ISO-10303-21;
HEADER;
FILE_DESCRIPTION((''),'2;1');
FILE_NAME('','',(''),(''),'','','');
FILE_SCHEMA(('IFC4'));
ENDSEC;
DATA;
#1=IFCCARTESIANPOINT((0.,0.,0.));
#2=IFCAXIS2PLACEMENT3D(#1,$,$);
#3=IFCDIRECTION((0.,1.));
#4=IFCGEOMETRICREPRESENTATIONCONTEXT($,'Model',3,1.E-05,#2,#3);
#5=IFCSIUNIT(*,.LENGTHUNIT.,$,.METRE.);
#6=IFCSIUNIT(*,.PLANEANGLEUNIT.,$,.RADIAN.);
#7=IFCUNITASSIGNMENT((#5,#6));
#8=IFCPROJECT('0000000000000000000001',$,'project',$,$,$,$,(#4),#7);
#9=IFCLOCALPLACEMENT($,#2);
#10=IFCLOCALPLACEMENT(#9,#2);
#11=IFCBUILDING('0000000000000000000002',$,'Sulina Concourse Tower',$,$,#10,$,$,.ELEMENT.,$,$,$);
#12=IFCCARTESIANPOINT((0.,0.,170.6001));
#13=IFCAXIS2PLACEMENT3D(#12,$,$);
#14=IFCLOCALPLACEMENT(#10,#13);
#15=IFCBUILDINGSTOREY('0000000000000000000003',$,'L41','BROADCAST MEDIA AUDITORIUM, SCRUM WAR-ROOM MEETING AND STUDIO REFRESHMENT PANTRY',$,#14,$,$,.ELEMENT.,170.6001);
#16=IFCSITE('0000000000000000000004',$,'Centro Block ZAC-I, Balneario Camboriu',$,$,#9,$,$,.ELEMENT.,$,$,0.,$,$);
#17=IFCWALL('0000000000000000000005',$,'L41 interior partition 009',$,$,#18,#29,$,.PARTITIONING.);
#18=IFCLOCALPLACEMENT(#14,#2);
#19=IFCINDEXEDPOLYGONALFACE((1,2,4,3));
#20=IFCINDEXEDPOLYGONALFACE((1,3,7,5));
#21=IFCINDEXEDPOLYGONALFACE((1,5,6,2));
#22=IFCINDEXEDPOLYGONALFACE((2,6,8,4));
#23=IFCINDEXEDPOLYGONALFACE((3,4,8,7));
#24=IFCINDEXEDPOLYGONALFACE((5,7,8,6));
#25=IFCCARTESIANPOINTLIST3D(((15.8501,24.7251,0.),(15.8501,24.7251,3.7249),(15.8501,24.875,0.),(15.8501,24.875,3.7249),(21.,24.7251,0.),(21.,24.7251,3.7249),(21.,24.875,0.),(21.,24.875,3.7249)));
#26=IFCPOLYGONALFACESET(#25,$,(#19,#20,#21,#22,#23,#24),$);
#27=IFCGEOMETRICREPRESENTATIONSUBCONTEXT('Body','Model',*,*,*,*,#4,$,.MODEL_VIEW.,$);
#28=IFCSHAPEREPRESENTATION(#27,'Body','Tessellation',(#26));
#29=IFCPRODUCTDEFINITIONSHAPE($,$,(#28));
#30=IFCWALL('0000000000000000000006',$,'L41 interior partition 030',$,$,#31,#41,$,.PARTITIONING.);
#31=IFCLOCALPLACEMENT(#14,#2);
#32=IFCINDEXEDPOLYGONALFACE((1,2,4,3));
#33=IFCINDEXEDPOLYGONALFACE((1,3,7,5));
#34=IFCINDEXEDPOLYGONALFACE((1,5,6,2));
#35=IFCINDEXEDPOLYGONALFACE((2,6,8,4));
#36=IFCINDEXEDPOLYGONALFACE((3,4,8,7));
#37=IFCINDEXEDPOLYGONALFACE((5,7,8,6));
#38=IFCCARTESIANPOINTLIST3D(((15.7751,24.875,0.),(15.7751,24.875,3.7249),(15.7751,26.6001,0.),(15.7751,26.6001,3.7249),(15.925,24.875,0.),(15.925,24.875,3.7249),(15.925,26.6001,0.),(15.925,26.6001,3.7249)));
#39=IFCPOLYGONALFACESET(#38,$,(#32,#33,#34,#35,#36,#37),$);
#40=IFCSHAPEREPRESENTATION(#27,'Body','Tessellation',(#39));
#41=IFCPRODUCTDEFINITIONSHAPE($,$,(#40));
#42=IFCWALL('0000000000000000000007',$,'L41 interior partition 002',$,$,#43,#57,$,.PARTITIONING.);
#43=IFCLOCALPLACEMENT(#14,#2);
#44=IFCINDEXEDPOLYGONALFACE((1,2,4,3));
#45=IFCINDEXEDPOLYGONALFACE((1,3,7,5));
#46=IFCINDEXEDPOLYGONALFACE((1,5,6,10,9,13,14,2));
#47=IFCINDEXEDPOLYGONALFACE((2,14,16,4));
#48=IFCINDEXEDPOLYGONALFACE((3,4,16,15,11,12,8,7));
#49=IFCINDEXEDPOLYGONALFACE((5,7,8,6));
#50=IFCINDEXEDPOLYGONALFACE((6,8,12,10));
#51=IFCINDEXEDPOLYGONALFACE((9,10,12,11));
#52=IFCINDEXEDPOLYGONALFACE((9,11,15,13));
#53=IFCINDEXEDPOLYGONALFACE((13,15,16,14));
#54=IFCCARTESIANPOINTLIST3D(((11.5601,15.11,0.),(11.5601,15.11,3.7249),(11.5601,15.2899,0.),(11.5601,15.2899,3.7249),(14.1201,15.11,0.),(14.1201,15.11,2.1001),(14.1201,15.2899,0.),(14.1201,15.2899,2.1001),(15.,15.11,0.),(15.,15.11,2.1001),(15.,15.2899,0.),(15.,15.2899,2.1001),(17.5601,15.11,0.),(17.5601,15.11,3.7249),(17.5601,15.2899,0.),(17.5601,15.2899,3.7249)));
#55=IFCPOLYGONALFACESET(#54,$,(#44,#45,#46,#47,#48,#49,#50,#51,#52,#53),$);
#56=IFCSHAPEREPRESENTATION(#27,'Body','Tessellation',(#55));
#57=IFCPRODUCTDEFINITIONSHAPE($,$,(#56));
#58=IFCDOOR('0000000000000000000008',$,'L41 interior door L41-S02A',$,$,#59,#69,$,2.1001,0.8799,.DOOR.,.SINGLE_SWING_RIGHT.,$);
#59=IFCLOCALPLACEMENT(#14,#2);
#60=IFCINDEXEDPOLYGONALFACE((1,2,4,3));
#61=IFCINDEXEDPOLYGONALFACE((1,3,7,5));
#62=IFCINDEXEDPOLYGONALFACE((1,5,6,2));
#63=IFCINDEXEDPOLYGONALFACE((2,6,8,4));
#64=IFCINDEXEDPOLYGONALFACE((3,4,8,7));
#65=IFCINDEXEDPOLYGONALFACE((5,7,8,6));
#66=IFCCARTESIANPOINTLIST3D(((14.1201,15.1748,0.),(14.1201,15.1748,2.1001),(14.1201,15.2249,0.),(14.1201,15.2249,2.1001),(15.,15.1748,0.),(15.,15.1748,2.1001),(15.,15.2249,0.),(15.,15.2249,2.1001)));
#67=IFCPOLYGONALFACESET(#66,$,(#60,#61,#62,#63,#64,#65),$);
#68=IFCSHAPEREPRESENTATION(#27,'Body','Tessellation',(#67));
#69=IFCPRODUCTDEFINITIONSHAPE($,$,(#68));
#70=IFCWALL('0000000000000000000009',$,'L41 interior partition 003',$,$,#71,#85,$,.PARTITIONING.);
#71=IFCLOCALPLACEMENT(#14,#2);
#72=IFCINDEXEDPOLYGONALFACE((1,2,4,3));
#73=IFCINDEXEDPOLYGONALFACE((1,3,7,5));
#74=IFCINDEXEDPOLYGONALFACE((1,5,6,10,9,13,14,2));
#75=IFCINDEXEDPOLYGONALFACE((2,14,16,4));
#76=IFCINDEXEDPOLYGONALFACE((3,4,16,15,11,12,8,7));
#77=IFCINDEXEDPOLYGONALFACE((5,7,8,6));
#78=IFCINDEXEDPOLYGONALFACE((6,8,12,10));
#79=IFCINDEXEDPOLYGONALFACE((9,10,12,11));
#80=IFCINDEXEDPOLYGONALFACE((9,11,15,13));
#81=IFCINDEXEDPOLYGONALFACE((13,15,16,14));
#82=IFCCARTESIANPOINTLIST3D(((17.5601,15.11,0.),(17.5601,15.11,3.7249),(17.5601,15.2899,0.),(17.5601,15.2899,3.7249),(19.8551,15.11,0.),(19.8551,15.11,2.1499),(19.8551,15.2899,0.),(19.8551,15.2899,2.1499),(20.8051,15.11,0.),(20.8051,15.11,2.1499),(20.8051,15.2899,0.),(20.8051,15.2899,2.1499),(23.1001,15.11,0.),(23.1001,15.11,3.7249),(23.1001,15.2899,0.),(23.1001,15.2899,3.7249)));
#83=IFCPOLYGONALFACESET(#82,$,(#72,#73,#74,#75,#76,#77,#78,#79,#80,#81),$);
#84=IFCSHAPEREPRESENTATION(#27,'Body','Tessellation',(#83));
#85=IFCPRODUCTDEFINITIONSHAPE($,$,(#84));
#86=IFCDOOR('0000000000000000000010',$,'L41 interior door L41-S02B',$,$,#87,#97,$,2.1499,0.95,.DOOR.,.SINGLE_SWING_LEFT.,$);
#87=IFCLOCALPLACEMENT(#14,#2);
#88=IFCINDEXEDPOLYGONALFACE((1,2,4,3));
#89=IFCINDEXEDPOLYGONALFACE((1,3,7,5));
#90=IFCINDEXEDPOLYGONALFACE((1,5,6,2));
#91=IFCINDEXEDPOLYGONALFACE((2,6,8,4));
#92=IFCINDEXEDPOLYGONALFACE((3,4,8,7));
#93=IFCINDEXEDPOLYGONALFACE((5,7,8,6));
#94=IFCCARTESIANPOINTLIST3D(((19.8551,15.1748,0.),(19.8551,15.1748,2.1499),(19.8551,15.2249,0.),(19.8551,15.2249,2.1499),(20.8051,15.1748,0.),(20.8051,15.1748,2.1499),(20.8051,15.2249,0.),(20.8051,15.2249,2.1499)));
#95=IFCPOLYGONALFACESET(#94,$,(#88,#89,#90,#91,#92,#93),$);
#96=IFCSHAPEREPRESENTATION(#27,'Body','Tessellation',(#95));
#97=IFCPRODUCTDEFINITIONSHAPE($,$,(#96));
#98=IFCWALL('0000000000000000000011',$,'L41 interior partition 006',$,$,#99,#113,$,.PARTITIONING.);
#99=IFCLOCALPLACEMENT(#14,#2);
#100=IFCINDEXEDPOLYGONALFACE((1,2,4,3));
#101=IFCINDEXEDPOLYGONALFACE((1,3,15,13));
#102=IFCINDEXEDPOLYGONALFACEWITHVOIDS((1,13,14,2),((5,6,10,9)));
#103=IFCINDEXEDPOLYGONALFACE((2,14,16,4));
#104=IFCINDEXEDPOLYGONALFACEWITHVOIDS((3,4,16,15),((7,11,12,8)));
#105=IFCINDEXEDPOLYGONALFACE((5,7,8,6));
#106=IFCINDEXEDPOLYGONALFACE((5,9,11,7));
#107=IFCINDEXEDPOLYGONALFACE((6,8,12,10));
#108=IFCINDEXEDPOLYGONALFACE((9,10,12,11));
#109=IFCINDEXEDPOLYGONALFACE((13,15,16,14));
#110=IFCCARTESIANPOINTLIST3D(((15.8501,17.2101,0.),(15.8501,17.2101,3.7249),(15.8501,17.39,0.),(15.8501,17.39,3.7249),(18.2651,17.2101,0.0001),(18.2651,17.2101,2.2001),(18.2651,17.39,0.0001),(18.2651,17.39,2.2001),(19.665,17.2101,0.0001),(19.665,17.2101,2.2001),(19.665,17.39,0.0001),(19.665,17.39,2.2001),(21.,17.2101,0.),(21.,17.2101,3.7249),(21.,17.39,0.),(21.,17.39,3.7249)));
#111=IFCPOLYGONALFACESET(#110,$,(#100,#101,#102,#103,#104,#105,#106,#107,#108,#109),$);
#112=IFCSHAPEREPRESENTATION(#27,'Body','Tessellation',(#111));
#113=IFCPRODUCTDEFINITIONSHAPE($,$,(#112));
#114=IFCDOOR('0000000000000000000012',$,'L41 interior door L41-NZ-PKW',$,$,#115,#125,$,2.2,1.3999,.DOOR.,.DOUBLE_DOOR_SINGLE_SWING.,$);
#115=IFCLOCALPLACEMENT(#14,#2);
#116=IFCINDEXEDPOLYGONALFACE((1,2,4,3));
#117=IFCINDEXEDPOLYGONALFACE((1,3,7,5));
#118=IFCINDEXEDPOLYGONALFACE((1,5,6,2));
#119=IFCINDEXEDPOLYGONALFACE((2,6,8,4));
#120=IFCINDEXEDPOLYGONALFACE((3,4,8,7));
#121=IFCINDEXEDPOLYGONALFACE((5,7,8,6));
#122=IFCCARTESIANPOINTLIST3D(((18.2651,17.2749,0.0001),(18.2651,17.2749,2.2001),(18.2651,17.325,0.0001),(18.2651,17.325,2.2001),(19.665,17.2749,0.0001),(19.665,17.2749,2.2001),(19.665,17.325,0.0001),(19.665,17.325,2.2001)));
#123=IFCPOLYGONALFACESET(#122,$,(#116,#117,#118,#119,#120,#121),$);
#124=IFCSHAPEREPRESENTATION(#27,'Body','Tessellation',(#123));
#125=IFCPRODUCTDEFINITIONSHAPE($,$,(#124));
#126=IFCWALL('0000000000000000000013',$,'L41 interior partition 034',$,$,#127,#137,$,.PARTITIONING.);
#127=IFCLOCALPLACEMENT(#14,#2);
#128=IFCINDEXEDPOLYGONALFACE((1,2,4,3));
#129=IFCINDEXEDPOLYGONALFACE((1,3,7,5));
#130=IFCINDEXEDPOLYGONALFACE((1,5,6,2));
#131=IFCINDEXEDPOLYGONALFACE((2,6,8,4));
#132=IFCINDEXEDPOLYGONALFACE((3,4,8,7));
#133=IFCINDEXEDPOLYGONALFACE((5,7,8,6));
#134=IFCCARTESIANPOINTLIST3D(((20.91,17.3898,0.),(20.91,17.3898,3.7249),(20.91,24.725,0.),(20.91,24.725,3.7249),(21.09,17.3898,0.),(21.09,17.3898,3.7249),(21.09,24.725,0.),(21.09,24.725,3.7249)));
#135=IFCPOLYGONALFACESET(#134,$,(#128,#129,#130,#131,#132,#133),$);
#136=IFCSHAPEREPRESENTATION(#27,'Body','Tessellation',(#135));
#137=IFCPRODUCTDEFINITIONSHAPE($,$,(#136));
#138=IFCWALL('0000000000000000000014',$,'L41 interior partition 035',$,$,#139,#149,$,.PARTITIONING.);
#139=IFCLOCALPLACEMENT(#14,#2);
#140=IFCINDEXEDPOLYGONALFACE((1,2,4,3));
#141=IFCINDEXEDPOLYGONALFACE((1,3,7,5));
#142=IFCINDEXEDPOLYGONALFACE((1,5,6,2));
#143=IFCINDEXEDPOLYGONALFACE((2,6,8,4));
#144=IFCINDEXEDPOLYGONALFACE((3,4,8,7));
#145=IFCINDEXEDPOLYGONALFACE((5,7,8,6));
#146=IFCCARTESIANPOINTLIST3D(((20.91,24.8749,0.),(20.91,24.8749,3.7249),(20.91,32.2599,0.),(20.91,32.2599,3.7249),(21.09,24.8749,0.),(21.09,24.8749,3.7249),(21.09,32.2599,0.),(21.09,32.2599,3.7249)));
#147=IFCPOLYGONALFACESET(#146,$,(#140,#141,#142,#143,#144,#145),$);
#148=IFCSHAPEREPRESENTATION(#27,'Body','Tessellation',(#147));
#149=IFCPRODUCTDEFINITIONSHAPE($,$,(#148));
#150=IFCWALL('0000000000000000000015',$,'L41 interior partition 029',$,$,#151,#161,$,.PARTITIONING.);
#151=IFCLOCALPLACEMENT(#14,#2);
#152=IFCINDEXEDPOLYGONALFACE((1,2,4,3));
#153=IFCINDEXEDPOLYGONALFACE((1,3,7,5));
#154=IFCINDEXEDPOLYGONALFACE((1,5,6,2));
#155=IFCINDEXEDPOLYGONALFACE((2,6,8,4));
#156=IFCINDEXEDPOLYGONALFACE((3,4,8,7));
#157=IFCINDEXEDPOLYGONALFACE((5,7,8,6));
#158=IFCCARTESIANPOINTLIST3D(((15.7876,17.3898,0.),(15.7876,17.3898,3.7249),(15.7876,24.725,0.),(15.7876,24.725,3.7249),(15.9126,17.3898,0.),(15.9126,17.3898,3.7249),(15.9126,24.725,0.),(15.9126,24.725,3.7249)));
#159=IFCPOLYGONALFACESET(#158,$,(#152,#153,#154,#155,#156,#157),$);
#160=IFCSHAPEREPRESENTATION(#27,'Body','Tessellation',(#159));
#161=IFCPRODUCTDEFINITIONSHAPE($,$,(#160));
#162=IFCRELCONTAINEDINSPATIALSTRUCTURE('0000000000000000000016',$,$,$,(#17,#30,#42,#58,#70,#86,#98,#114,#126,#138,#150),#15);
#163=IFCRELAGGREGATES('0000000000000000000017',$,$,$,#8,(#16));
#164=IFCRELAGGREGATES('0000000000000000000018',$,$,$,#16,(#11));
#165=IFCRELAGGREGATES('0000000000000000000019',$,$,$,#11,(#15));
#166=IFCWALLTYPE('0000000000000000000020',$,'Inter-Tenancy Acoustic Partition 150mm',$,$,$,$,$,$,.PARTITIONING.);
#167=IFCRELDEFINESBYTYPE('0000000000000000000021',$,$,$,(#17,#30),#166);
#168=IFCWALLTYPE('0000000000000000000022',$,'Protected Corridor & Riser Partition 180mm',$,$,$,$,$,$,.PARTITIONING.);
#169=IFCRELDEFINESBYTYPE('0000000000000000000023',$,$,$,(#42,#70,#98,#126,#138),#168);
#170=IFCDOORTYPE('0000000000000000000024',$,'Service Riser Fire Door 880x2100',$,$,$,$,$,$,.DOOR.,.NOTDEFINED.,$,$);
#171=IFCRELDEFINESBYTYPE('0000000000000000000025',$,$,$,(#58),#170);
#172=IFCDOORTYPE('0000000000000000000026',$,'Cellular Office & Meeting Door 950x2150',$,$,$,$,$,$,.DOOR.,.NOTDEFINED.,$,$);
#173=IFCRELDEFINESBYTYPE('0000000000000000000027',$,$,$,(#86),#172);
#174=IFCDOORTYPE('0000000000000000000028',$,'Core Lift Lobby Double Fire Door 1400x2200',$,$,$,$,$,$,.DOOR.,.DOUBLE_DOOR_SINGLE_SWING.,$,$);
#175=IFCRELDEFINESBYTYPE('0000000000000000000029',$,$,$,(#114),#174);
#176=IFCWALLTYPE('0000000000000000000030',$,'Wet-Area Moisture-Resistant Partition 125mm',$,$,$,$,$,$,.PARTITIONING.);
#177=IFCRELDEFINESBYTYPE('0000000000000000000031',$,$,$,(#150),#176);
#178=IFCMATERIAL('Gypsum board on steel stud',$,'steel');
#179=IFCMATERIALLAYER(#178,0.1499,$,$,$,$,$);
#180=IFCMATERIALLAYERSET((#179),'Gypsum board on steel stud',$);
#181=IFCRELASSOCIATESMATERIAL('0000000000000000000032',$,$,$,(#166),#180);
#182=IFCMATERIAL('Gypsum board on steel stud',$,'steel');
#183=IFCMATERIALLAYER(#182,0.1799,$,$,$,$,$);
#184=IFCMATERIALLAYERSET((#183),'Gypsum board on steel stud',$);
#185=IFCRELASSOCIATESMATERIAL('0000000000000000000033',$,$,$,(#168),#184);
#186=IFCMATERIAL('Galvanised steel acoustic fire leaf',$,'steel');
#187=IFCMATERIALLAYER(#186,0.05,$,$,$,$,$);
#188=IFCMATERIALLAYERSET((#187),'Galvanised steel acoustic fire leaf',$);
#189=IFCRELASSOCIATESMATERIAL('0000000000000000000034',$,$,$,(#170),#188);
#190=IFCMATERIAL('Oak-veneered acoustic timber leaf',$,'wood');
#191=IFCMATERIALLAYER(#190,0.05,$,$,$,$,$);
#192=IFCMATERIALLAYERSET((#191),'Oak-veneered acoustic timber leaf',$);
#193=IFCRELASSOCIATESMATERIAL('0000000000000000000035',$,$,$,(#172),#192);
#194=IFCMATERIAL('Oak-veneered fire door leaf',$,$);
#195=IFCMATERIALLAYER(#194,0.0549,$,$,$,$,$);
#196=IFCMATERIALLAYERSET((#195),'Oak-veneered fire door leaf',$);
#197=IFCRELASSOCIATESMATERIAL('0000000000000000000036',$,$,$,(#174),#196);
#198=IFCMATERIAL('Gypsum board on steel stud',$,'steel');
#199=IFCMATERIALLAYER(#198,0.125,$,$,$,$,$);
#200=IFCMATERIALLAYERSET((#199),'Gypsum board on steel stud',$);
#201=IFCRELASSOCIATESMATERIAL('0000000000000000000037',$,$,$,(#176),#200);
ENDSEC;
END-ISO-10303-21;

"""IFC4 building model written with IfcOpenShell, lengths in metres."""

from ifc_helpers import new_model, si_unit, direction, frame, frame_2d, origin, place, context, subcontext, project, spatial, rectangle, extrude, material, layer, layer_set, type_object, element, fill, save


model = new_model("IFC4")

# Units and contexts
model_context = context("Model", 3, precision=1e-05, world=origin(), true_north=direction((0.0, 1.0)))
body_context = subcontext(model_context, "Body", "Model", "MODEL_VIEW")
ifc_project = project(units=[si_unit("LENGTHUNIT", "METRE"), si_unit("PLANEANGLEUNIT", "RADIAN")], contexts=[model_context])

# Site, building, storey
site_placement = place(None, origin())
site = spatial("IfcSite", under=ifc_project, at=site_placement, Name="Centro Block ZAC-I, Balneario Camboriu", CompositionType="ELEMENT", RefElevation=0.0)
building_placement = place(site_placement, origin())
building = spatial("IfcBuilding", under=site, at=building_placement, Name="Sulina Concourse Tower", CompositionType="ELEMENT")
storey_placement = place(building_placement, frame((0.0, 0.0, 170.6001)))
storey = spatial("IfcBuildingStorey", under=building, at=storey_placement, Name="L41", Description="BROADCAST MEDIA AUDITORIUM, SCRUM WAR-ROOM MEETING AND STUDIO REFRESHMENT PANTRY", CompositionType="ELEMENT", Elevation=170.6001)

# Walls
ifc_material_1 = material(Name="Gypsum board on steel stud", Category="steel")
ifc_layer_1 = layer(ifc_material_1, 0.1499)
ifc_layer_set_1 = layer_set([ifc_layer_1], Name="Gypsum board on steel stud")
wall_type_1 = type_object("IfcWallType", Name="Inter-Tenancy Acoustic Partition 150mm", PredefinedType="PARTITIONING", material=ifc_layer_set_1)
wall_1_placement = place(storey_placement, frame((15.8501, 24.8, 0.0), z_axis=(0.0, 0.0, 1.0), x_axis=(1.0, 0.0, 0.0)))
element("IfcWall", 1, at=wall_1_placement, inside=storey, type_object=wall_type_1, Name="L41 interior partition 009", PredefinedType="PARTITIONING", context=body_context, shape_type="SweptSolid", body=[
    extrude(rectangle(XDim=5.1499, YDim=0.1499, at=frame_2d((2.575, 0.0))), origin(), (0.0, 0.0, 1.0), 3.7249),
])
wall_2_placement = place(storey_placement, frame((15.8501, 24.875, 0.0), z_axis=(0.0, 0.0, 1.0), x_axis=(0.0, 1.0, 0.0)))
element("IfcWall", 2, at=wall_2_placement, inside=storey, type_object=wall_type_1, Name="L41 interior partition 030", PredefinedType="PARTITIONING", context=body_context, shape_type="SweptSolid", body=[
    extrude(rectangle(XDim=1.7251, YDim=0.1499, at=frame_2d((0.8625, 0.0))), origin(), (0.0, 0.0, 1.0), 3.7249),
])

# Walls, openings, doors
ifc_material_2 = material(Name="Gypsum board on steel stud", Category="steel")
ifc_layer_2 = layer(ifc_material_2, 0.1799)
ifc_layer_set_2 = layer_set([ifc_layer_2], Name="Gypsum board on steel stud")
wall_type_2 = type_object("IfcWallType", Name="Protected Corridor & Riser Partition 180mm", PredefinedType="PARTITIONING", material=ifc_layer_set_2)
wall_3_placement = place(storey_placement, frame((11.5601, 15.2, 0.0), z_axis=(0.0, 0.0, 1.0), x_axis=(1.0, 0.0, 0.0)))
wall_3 = element("IfcWall", 3, at=wall_3_placement, inside=storey, type_object=wall_type_2, Name="L41 interior partition 002", PredefinedType="PARTITIONING", context=body_context, shape_type="SweptSolid", body=[
    extrude(rectangle(XDim=6.0, YDim=0.1799, at=frame_2d((3.0, 0.0))), origin(), (0.0, 0.0, 1.0), 3.7249),
])
opening_1_placement = place(wall_3_placement, frame((2.5601, 0.0, 0.0)))
opening_1 = element("IfcOpeningElement", 4, at=opening_1_placement, cuts=wall_3, PredefinedType="OPENING", context=body_context, shape_type="SweptSolid", body=[
    extrude(rectangle(XDim=0.8799, YDim=2.1001, at=frame_2d((0.4399, 1.05))), frame((0.0, 0.0999, 0.0), z_axis=(0.0, -1.0, 0.0), x_axis=(1.0, 0.0, 0.0)), (0.0, 0.0, 1.0), 0.2),
])
ifc_material_3 = material(Name="Galvanised steel acoustic fire leaf", Category="steel")
ifc_layer_3 = layer(ifc_material_3, 0.05)
ifc_layer_set_3 = layer_set([ifc_layer_3], Name="Galvanised steel acoustic fire leaf")
door_type_1 = type_object("IfcDoorType", Name="Service Riser Fire Door 880x2100", OperationType="NOTDEFINED", PredefinedType="DOOR", material=ifc_layer_set_3)
door_1_placement = place(opening_1_placement, origin())
door_1 = element("IfcDoor", 5, at=door_1_placement, inside=storey, type_object=door_type_1, Name="L41 interior door L41-S02A", OperationType="SINGLE_SWING_RIGHT", OverallHeight=2.1001, OverallWidth=0.8799, PredefinedType="DOOR", context=body_context, shape_type="SweptSolid", body=[
    extrude(rectangle(XDim=0.8799, YDim=2.1001, at=frame_2d((0.4399, 1.05))), frame((0.0, 0.0249, 0.0), z_axis=(0.0, -1.0, 0.0), x_axis=(1.0, 0.0, 0.0)), (0.0, 0.0, 1.0), 0.05),
])
fill(opening_1, door_1)
wall_4_placement = place(storey_placement, frame((17.5601, 15.2, 0.0), z_axis=(0.0, 0.0, 1.0), x_axis=(1.0, 0.0, 0.0)))
wall_4 = element("IfcWall", 6, at=wall_4_placement, inside=storey, type_object=wall_type_2, Name="L41 interior partition 003", PredefinedType="PARTITIONING", context=body_context, shape_type="SweptSolid", body=[
    extrude(rectangle(XDim=5.54, YDim=0.1799, at=frame_2d((2.77, 0.0))), origin(), (0.0, 0.0, 1.0), 3.7249),
])
opening_2_placement = place(wall_4_placement, frame((2.2949, 0.0, 0.0)))
opening_2 = element("IfcOpeningElement", 7, at=opening_2_placement, cuts=wall_4, PredefinedType="OPENING", context=body_context, shape_type="SweptSolid", body=[
    extrude(rectangle(XDim=0.95, YDim=2.1499, at=frame_2d((0.4751, 1.075))), frame((0.0, 0.0999, 0.0), z_axis=(0.0, -1.0, 0.0), x_axis=(1.0, 0.0, 0.0)), (0.0, 0.0, 1.0), 0.2),
])
ifc_material_4 = material(Name="Oak-veneered acoustic timber leaf", Category="wood")
ifc_layer_4 = layer(ifc_material_4, 0.05)
ifc_layer_set_4 = layer_set([ifc_layer_4], Name="Oak-veneered acoustic timber leaf")
door_type_2 = type_object("IfcDoorType", Name="Cellular Office & Meeting Door 950x2150", OperationType="NOTDEFINED", PredefinedType="DOOR", material=ifc_layer_set_4)
door_2_placement = place(opening_2_placement, origin())
door_2 = element("IfcDoor", 8, at=door_2_placement, inside=storey, type_object=door_type_2, Name="L41 interior door L41-S02B", OperationType="SINGLE_SWING_LEFT", OverallHeight=2.1499, OverallWidth=0.95, PredefinedType="DOOR", context=body_context, shape_type="SweptSolid", body=[
    extrude(rectangle(XDim=0.95, YDim=2.1499, at=frame_2d((0.4751, 1.075))), frame((0.0, 0.0249, 0.0), z_axis=(0.0, -1.0, 0.0), x_axis=(1.0, 0.0, 0.0)), (0.0, 0.0, 1.0), 0.05),
])
fill(opening_2, door_2)
wall_5_placement = place(storey_placement, frame((15.8501, 17.3, 0.0), z_axis=(0.0, 0.0, 1.0), x_axis=(1.0, 0.0, 0.0)))
wall_5 = element("IfcWall", 9, at=wall_5_placement, inside=storey, type_object=wall_type_2, Name="L41 interior partition 006", PredefinedType="PARTITIONING", context=body_context, shape_type="SweptSolid", body=[
    extrude(rectangle(XDim=5.1499, YDim=0.1799, at=frame_2d((2.575, 0.0))), origin(), (0.0, 0.0, 1.0), 3.7249),
])
opening_3_placement = place(wall_5_placement, frame((2.415, 0.0, 0.0)))
opening_3 = element("IfcOpeningElement", 10, at=opening_3_placement, cuts=wall_5, PredefinedType="OPENING", context=body_context, shape_type="SweptSolid", body=[
    extrude(rectangle(XDim=1.3999, YDim=2.2, at=frame_2d((0.7, 1.1001))), frame((0.0, 0.0999, 0.0), z_axis=(0.0, -1.0, 0.0), x_axis=(1.0, 0.0, 0.0)), (0.0, 0.0, 1.0), 0.2),
])
ifc_material_5 = material(Name="Oak-veneered fire door leaf")
ifc_layer_5 = layer(ifc_material_5, 0.0549)
ifc_layer_set_5 = layer_set([ifc_layer_5], Name="Oak-veneered fire door leaf")
door_type_3 = type_object("IfcDoorType", Name="Core Lift Lobby Double Fire Door 1400x2200", OperationType="DOUBLE_DOOR_SINGLE_SWING", PredefinedType="DOOR", material=ifc_layer_set_5)
door_3_placement = place(opening_3_placement, origin())
door_3 = element("IfcDoor", 11, at=door_3_placement, inside=storey, type_object=door_type_3, Name="L41 interior door L41-NZ-PKW", OperationType="DOUBLE_DOOR_SINGLE_SWING", OverallHeight=2.2, OverallWidth=1.3999, PredefinedType="DOOR", context=body_context, shape_type="SweptSolid", body=[
    extrude(rectangle(XDim=1.3999, YDim=2.2, at=frame_2d((0.7, 1.1001))), frame((0.0, 0.0249, 0.0), z_axis=(0.0, -1.0, 0.0), x_axis=(1.0, 0.0, 0.0)), (0.0, 0.0, 1.0), 0.05),
])
fill(opening_3, door_3)

# Walls
wall_6_placement = place(storey_placement, frame((21.0, 17.3899, 0.0), z_axis=(0.0, 0.0, 1.0), x_axis=(0.0, 1.0, 0.0)))
element("IfcWall", 12, at=wall_6_placement, inside=storey, type_object=wall_type_2, Name="L41 interior partition 034", PredefinedType="PARTITIONING", context=body_context, shape_type="SweptSolid", body=[
    extrude(rectangle(XDim=7.3352, YDim=0.1799, at=frame_2d((3.6675, 0.0))), origin(), (0.0, 0.0, 1.0), 3.7249),
])
wall_7_placement = place(storey_placement, frame((21.0, 24.875, 0.0), z_axis=(0.0, 0.0, 1.0), x_axis=(0.0, 1.0, 0.0)))
element("IfcWall", 13, at=wall_7_placement, inside=storey, type_object=wall_type_2, Name="L41 interior partition 035", PredefinedType="PARTITIONING", context=body_context, shape_type="SweptSolid", body=[
    extrude(rectangle(XDim=7.385, YDim=0.1799, at=frame_2d((3.6924, 0.0))), origin(), (0.0, 0.0, 1.0), 3.7249),
])
ifc_material_6 = material(Name="Gypsum board on steel stud", Category="steel")
ifc_layer_6 = layer(ifc_material_6, 0.125)
ifc_layer_set_6 = layer_set([ifc_layer_6], Name="Gypsum board on steel stud")
wall_type_3 = type_object("IfcWallType", Name="Wet-Area Moisture-Resistant Partition 125mm", PredefinedType="PARTITIONING", material=ifc_layer_set_6)
wall_8_placement = place(storey_placement, frame((15.8501, 17.3899, 0.0), z_axis=(0.0, 0.0, 1.0), x_axis=(0.0, 1.0, 0.0)))
element("IfcWall", 14, at=wall_8_placement, inside=storey, type_object=wall_type_3, Name="L41 interior partition 029", PredefinedType="PARTITIONING", context=body_context, shape_type="SweptSolid", body=[
    extrude(rectangle(XDim=7.3352, YDim=0.125, at=frame_2d((3.6675, 0.0))), origin(), (0.0, 0.0, 1.0), 3.7249),
])

save(model, "model.ifc")
